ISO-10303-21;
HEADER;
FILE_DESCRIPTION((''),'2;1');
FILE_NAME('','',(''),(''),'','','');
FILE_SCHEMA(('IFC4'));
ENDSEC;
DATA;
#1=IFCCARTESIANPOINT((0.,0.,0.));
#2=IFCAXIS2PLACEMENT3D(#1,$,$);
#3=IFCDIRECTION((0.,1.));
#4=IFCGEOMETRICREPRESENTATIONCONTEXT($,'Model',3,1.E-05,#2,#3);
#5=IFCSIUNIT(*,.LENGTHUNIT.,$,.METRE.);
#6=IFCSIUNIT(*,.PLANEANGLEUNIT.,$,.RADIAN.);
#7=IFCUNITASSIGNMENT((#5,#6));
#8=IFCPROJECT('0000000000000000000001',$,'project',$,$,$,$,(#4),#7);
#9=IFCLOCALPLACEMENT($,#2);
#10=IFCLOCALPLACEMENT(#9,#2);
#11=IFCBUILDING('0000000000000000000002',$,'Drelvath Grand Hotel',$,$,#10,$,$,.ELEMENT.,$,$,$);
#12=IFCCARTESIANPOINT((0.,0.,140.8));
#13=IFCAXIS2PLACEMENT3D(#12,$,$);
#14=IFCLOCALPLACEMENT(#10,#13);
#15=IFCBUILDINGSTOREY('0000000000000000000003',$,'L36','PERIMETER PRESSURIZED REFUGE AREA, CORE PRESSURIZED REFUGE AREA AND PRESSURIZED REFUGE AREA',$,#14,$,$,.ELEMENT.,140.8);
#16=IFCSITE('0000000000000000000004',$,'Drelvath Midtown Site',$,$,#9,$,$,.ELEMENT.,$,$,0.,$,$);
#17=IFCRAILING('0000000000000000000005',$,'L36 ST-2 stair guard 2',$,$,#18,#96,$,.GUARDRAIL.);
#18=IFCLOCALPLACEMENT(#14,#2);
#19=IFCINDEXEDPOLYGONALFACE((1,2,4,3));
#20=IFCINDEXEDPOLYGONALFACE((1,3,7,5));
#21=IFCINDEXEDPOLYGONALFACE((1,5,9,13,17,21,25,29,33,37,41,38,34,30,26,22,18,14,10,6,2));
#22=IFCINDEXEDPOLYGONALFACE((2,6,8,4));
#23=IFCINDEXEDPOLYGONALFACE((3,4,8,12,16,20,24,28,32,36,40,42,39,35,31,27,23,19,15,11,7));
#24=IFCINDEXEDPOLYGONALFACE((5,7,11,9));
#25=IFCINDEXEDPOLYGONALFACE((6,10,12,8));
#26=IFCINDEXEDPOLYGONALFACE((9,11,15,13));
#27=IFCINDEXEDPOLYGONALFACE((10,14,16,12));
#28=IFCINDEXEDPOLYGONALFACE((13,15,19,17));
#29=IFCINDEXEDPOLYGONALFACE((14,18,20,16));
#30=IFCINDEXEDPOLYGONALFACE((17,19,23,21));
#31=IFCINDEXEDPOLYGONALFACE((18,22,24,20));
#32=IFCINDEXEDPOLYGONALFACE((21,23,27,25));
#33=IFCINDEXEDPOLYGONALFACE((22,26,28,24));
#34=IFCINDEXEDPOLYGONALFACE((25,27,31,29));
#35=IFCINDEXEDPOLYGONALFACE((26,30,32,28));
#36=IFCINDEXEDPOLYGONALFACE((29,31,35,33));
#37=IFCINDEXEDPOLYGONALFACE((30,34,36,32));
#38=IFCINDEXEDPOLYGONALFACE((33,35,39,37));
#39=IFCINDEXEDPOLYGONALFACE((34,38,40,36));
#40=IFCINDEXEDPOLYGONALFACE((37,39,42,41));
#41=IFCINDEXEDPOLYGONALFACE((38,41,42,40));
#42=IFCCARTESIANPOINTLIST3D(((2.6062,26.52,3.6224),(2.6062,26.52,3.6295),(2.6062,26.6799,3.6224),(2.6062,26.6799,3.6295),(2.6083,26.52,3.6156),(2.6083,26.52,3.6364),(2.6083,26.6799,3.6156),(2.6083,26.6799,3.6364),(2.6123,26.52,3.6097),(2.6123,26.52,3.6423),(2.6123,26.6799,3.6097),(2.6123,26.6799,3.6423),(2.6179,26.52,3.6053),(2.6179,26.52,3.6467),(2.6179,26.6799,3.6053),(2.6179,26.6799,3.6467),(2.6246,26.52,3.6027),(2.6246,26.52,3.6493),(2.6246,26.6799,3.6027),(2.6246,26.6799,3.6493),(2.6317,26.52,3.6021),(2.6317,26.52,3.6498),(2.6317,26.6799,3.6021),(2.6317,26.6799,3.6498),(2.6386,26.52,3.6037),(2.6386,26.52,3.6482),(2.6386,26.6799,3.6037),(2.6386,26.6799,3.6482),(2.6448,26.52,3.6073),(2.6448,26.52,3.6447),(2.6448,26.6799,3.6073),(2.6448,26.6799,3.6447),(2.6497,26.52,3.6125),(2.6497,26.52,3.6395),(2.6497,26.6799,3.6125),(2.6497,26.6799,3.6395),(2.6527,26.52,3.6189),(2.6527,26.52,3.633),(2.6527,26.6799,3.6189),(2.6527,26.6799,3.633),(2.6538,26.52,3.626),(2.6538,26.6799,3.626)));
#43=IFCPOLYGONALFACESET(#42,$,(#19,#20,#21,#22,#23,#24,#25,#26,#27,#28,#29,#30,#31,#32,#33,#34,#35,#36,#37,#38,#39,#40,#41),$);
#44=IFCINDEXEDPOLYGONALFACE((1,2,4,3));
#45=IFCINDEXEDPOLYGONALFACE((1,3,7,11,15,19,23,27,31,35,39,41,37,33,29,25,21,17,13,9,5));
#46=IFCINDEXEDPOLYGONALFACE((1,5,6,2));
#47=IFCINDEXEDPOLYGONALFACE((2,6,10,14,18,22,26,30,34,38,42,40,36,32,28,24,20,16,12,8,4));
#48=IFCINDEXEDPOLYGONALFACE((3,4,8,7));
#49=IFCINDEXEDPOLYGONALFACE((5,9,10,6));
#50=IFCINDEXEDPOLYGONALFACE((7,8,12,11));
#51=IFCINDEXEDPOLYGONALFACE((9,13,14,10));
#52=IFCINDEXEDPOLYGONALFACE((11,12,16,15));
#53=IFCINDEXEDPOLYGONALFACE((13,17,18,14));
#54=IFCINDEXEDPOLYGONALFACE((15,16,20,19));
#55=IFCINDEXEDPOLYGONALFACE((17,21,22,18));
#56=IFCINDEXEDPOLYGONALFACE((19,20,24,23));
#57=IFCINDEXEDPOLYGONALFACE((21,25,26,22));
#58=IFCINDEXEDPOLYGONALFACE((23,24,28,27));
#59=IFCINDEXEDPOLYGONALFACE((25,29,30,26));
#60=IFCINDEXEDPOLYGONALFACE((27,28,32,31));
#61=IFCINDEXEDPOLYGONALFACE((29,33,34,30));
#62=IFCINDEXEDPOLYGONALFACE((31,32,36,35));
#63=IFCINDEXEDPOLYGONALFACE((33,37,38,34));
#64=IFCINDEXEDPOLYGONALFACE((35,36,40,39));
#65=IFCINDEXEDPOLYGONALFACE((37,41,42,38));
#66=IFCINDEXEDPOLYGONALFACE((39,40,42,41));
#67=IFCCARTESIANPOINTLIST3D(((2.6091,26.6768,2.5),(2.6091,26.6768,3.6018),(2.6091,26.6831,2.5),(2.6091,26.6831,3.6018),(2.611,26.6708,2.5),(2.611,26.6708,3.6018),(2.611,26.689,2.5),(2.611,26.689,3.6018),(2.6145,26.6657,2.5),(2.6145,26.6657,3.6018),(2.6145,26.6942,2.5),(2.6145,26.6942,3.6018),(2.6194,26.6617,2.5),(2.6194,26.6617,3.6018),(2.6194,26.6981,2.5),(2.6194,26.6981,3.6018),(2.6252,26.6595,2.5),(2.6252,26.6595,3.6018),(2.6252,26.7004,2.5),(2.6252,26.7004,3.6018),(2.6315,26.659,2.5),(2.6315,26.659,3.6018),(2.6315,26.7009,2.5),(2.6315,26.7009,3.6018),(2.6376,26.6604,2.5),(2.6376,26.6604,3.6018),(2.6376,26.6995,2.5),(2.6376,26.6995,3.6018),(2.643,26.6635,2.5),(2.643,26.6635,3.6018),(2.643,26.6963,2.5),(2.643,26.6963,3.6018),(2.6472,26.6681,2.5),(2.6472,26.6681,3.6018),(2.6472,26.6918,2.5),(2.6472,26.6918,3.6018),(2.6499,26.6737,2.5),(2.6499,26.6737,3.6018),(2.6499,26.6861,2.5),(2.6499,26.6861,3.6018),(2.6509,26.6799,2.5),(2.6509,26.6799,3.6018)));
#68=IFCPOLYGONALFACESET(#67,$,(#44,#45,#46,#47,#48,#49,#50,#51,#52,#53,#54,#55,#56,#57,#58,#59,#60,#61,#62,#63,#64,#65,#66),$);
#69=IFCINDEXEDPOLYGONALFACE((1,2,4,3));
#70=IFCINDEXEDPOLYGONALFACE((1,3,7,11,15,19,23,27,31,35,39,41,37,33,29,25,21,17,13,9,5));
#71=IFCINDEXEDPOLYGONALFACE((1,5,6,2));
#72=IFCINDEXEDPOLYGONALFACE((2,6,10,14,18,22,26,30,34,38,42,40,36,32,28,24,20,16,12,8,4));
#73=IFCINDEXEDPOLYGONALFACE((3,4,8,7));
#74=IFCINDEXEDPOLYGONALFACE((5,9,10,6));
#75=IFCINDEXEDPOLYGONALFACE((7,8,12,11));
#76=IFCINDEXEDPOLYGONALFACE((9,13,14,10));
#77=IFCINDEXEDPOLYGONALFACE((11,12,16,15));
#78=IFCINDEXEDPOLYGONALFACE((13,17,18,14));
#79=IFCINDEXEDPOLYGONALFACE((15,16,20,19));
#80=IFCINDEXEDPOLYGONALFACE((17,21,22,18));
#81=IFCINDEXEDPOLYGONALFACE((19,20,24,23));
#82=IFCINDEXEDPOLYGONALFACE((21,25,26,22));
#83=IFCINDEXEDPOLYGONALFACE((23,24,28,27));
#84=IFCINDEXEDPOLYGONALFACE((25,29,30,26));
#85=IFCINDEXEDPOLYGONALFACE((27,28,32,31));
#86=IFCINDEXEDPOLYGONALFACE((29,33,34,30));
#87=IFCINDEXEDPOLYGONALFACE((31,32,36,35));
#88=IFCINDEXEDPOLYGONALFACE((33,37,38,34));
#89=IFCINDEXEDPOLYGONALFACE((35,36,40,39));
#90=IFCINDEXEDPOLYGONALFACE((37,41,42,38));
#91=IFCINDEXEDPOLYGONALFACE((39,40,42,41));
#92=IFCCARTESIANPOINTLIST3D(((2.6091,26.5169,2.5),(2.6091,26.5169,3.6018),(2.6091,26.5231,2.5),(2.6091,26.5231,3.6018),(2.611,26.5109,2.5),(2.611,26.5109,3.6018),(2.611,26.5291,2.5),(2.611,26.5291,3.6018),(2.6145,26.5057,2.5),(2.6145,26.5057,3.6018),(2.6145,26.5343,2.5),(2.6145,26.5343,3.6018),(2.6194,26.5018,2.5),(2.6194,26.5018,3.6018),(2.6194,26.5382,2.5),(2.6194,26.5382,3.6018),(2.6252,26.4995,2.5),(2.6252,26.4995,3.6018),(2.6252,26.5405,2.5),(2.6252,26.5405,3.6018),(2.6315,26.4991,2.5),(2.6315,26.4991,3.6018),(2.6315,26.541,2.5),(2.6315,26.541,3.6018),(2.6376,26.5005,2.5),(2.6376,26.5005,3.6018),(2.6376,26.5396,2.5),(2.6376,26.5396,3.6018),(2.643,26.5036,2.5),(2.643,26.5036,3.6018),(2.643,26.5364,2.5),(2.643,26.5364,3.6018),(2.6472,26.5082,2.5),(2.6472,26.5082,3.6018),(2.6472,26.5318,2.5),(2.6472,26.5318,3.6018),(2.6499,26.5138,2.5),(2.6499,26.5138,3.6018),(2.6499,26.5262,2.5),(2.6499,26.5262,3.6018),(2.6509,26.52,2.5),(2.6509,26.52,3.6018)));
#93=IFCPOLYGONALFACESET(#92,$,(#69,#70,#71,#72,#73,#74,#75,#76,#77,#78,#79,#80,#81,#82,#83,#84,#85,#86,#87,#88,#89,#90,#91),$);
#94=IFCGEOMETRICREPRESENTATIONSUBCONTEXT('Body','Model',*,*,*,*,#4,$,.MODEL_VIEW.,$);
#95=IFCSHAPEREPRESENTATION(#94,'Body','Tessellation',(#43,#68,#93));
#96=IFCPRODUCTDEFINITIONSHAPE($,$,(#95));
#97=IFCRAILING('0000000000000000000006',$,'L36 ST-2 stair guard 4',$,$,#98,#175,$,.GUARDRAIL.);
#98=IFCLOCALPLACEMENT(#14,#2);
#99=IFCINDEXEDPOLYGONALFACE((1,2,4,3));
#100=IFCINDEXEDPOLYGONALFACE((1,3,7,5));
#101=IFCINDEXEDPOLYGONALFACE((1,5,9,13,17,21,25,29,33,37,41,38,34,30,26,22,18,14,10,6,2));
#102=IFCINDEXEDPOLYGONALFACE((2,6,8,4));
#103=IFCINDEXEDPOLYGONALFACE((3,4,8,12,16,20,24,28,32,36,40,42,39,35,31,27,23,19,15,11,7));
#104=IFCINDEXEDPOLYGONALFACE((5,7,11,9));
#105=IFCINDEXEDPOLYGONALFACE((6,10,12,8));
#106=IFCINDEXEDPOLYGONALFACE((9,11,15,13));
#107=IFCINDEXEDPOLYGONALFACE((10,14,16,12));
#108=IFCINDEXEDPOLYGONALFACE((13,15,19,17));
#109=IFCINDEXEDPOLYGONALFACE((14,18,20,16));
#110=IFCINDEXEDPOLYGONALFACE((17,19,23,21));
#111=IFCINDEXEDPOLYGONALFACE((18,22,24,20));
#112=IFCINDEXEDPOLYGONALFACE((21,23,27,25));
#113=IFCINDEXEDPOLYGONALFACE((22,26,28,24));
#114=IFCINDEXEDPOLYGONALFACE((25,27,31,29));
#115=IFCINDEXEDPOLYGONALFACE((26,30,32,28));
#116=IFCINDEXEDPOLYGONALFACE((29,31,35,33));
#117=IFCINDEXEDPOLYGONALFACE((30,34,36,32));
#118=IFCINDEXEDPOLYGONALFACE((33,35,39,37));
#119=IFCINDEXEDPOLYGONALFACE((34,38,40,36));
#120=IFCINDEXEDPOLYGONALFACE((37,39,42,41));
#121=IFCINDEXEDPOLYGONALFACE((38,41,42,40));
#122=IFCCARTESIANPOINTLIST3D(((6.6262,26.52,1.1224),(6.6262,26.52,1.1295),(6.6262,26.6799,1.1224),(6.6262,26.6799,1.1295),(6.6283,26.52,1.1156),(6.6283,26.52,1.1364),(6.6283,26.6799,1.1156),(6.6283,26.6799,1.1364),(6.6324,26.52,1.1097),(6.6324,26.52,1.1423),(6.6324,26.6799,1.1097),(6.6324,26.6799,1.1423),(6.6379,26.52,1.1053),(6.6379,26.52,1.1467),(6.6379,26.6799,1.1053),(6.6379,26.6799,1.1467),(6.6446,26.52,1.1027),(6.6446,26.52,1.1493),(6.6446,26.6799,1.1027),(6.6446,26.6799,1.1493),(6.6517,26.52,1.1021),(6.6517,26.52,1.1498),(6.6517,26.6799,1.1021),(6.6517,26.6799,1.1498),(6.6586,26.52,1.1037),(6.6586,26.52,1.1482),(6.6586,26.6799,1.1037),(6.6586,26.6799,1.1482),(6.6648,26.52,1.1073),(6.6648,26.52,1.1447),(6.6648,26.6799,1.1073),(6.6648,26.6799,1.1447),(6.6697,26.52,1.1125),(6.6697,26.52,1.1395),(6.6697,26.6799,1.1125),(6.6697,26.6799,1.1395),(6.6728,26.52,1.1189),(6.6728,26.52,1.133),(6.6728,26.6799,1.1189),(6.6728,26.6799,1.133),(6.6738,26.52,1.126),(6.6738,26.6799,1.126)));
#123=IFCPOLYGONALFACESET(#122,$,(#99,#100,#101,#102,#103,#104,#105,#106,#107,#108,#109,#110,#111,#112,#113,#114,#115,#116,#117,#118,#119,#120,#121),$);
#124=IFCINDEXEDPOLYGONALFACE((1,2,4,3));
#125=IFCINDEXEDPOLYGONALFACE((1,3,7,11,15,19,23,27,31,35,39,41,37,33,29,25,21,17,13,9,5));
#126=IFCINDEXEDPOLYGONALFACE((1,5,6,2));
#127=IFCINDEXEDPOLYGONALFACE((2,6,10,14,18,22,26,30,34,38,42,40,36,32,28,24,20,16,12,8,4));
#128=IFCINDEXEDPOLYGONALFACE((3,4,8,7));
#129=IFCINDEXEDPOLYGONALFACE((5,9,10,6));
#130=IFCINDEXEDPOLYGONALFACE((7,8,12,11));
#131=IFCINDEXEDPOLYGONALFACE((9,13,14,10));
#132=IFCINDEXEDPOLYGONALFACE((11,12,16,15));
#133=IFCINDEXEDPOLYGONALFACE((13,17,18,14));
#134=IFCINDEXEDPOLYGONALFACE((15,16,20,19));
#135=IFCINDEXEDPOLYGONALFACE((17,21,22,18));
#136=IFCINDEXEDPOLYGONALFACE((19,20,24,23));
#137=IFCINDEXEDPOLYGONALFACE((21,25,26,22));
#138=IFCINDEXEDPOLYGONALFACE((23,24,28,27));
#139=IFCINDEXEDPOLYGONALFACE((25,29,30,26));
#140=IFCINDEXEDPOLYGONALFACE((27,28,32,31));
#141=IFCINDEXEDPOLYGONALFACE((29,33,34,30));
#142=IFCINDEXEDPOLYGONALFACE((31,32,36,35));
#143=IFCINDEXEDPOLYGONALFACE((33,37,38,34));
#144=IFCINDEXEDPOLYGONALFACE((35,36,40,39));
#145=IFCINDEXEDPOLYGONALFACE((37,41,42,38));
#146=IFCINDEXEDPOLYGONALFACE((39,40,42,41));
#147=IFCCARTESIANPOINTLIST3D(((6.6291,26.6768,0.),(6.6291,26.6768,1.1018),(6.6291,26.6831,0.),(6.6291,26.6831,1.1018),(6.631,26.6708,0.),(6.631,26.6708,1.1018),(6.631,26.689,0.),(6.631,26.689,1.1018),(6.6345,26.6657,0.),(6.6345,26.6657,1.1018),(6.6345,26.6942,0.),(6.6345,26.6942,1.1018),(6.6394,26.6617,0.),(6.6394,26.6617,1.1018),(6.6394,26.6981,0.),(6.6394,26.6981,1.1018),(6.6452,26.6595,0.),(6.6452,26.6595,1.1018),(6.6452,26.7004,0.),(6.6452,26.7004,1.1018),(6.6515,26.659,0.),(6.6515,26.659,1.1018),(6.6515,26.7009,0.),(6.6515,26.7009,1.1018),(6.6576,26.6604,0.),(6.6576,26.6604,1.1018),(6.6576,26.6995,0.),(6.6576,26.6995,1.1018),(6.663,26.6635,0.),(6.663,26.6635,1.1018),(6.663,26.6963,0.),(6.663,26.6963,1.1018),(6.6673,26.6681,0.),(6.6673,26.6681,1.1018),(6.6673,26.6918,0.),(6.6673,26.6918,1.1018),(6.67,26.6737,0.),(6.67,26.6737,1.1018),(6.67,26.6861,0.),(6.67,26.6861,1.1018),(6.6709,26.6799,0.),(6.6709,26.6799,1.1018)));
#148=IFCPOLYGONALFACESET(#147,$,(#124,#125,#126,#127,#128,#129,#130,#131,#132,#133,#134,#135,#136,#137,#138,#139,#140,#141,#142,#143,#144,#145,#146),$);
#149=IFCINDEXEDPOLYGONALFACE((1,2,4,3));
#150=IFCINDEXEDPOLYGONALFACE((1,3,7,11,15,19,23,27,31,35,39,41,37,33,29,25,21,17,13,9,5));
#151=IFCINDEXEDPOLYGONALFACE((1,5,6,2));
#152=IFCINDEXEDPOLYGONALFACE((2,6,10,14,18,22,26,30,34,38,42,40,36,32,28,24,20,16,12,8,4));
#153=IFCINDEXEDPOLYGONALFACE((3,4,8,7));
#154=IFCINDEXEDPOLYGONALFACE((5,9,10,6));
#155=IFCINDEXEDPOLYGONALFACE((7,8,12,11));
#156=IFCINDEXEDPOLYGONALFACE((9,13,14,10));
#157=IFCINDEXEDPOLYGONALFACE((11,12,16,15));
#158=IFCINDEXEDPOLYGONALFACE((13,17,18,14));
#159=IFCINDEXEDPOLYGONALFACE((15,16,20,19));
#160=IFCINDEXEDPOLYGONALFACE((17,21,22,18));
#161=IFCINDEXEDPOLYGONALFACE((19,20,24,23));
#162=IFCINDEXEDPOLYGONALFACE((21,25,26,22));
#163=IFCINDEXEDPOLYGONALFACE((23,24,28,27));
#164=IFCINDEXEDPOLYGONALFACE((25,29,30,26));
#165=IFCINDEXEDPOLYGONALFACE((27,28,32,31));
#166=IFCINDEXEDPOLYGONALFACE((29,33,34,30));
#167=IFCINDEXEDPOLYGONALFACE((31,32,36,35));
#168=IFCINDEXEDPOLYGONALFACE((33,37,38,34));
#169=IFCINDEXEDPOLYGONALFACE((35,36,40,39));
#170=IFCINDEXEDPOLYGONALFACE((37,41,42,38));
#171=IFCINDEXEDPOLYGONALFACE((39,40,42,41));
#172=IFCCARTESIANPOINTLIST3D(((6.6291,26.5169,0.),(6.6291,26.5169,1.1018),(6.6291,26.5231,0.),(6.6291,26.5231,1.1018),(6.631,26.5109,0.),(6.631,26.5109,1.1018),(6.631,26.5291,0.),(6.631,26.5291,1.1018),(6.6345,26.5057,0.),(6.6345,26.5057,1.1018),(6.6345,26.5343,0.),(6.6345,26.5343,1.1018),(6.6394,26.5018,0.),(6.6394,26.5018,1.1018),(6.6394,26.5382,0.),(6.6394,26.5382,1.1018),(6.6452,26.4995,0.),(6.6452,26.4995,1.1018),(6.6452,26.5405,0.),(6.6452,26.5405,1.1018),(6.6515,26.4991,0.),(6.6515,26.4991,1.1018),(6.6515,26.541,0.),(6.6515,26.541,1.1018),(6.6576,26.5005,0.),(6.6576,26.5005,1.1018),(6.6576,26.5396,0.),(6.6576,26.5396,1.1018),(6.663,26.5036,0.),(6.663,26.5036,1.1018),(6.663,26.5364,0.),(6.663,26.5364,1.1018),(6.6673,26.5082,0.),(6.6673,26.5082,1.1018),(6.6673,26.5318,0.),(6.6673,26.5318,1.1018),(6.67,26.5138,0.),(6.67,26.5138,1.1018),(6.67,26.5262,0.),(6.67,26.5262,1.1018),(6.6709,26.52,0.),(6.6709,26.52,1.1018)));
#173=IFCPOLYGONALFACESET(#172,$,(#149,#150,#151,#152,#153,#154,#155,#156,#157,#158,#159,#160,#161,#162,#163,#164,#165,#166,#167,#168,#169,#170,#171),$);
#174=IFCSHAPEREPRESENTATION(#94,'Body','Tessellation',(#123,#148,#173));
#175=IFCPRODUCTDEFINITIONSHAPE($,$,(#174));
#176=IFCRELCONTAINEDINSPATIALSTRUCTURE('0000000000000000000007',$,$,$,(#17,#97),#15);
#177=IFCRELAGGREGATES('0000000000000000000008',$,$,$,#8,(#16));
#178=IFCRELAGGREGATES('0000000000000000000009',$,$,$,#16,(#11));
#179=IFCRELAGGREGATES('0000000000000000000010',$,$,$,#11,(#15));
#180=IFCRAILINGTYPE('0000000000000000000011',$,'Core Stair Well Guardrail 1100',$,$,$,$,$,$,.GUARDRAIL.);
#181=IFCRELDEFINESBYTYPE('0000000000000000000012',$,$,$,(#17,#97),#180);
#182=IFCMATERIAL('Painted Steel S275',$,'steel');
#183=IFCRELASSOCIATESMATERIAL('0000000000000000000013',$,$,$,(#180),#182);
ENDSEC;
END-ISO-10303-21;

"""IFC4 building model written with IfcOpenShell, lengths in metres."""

from ifc_helpers import new_model, si_unit, direction, frame, origin, origin_2d, place, context, subcontext, project, spatial, circle, extrude, material, type_object, element, save


model = new_model("IFC4")

# Units and contexts
model_context = context("Model", 3, precision=1e-05, world=origin(), true_north=direction((0.0, 1.0)))
body_context = subcontext(model_context, "Body", "Model", "MODEL_VIEW")
ifc_project = project(units=[si_unit("LENGTHUNIT", "METRE"), si_unit("PLANEANGLEUNIT", "RADIAN")], contexts=[model_context])

# Site, building, storey
site_placement = place(None, origin())
site = spatial("IfcSite", under=ifc_project, at=site_placement, Name="Drelvath Midtown Site", CompositionType="ELEMENT", RefElevation=0.0)
building_placement = place(site_placement, origin())
building = spatial("IfcBuilding", under=site, at=building_placement, Name="Drelvath Grand Hotel", CompositionType="ELEMENT")
storey_placement = place(building_placement, frame((0.0, 0.0, 140.8)))
storey = spatial("IfcBuildingStorey", under=building, at=storey_placement, Name="L36", Description="PERIMETER PRESSURIZED REFUGE AREA, CORE PRESSURIZED REFUGE AREA AND PRESSURIZED REFUGE AREA", CompositionType="ELEMENT", Elevation=140.8)

# Shared definitions
ifc_material_1 = material(Name="Painted Steel S275", Category="steel")

# Railings
railing_type_1 = type_object("IfcRailingType", Name="Core Stair Well Guardrail 1100", PredefinedType="GUARDRAIL", material=ifc_material_1)
for number, where, name in (
    (1, (2.6299, 26.6799, 2.5), "L36 ST-2 stair guard 2"),
    (2, (6.6499, 26.6799, 0.0), "L36 ST-2 stair guard 4"),
):
    element("IfcRailing", number, at=place(storey_placement, frame(where)), inside=storey, type_object=railing_type_1, Name=name, PredefinedType="GUARDRAIL", context=body_context, shape_type="SweptSolid", body=[
        extrude(circle(Radius=0.0239, at=origin_2d()), frame((0.0, 0.0, 1.126), z_axis=(0.0, -1.0, 0.0), x_axis=(1.0, 0.0, 0.0)), (0.0, 0.0, 1.0), 0.1599),
        extrude(circle(Radius=0.021, at=origin_2d()), origin(), (0.0, 0.0, 1.0), 1.1018),
        extrude(circle(Radius=0.021, at=origin_2d()), frame((0.0, -0.1599, 0.0)), (0.0, 0.0, 1.0), 1.1018),
    ])

save(model, "model.ifc")
